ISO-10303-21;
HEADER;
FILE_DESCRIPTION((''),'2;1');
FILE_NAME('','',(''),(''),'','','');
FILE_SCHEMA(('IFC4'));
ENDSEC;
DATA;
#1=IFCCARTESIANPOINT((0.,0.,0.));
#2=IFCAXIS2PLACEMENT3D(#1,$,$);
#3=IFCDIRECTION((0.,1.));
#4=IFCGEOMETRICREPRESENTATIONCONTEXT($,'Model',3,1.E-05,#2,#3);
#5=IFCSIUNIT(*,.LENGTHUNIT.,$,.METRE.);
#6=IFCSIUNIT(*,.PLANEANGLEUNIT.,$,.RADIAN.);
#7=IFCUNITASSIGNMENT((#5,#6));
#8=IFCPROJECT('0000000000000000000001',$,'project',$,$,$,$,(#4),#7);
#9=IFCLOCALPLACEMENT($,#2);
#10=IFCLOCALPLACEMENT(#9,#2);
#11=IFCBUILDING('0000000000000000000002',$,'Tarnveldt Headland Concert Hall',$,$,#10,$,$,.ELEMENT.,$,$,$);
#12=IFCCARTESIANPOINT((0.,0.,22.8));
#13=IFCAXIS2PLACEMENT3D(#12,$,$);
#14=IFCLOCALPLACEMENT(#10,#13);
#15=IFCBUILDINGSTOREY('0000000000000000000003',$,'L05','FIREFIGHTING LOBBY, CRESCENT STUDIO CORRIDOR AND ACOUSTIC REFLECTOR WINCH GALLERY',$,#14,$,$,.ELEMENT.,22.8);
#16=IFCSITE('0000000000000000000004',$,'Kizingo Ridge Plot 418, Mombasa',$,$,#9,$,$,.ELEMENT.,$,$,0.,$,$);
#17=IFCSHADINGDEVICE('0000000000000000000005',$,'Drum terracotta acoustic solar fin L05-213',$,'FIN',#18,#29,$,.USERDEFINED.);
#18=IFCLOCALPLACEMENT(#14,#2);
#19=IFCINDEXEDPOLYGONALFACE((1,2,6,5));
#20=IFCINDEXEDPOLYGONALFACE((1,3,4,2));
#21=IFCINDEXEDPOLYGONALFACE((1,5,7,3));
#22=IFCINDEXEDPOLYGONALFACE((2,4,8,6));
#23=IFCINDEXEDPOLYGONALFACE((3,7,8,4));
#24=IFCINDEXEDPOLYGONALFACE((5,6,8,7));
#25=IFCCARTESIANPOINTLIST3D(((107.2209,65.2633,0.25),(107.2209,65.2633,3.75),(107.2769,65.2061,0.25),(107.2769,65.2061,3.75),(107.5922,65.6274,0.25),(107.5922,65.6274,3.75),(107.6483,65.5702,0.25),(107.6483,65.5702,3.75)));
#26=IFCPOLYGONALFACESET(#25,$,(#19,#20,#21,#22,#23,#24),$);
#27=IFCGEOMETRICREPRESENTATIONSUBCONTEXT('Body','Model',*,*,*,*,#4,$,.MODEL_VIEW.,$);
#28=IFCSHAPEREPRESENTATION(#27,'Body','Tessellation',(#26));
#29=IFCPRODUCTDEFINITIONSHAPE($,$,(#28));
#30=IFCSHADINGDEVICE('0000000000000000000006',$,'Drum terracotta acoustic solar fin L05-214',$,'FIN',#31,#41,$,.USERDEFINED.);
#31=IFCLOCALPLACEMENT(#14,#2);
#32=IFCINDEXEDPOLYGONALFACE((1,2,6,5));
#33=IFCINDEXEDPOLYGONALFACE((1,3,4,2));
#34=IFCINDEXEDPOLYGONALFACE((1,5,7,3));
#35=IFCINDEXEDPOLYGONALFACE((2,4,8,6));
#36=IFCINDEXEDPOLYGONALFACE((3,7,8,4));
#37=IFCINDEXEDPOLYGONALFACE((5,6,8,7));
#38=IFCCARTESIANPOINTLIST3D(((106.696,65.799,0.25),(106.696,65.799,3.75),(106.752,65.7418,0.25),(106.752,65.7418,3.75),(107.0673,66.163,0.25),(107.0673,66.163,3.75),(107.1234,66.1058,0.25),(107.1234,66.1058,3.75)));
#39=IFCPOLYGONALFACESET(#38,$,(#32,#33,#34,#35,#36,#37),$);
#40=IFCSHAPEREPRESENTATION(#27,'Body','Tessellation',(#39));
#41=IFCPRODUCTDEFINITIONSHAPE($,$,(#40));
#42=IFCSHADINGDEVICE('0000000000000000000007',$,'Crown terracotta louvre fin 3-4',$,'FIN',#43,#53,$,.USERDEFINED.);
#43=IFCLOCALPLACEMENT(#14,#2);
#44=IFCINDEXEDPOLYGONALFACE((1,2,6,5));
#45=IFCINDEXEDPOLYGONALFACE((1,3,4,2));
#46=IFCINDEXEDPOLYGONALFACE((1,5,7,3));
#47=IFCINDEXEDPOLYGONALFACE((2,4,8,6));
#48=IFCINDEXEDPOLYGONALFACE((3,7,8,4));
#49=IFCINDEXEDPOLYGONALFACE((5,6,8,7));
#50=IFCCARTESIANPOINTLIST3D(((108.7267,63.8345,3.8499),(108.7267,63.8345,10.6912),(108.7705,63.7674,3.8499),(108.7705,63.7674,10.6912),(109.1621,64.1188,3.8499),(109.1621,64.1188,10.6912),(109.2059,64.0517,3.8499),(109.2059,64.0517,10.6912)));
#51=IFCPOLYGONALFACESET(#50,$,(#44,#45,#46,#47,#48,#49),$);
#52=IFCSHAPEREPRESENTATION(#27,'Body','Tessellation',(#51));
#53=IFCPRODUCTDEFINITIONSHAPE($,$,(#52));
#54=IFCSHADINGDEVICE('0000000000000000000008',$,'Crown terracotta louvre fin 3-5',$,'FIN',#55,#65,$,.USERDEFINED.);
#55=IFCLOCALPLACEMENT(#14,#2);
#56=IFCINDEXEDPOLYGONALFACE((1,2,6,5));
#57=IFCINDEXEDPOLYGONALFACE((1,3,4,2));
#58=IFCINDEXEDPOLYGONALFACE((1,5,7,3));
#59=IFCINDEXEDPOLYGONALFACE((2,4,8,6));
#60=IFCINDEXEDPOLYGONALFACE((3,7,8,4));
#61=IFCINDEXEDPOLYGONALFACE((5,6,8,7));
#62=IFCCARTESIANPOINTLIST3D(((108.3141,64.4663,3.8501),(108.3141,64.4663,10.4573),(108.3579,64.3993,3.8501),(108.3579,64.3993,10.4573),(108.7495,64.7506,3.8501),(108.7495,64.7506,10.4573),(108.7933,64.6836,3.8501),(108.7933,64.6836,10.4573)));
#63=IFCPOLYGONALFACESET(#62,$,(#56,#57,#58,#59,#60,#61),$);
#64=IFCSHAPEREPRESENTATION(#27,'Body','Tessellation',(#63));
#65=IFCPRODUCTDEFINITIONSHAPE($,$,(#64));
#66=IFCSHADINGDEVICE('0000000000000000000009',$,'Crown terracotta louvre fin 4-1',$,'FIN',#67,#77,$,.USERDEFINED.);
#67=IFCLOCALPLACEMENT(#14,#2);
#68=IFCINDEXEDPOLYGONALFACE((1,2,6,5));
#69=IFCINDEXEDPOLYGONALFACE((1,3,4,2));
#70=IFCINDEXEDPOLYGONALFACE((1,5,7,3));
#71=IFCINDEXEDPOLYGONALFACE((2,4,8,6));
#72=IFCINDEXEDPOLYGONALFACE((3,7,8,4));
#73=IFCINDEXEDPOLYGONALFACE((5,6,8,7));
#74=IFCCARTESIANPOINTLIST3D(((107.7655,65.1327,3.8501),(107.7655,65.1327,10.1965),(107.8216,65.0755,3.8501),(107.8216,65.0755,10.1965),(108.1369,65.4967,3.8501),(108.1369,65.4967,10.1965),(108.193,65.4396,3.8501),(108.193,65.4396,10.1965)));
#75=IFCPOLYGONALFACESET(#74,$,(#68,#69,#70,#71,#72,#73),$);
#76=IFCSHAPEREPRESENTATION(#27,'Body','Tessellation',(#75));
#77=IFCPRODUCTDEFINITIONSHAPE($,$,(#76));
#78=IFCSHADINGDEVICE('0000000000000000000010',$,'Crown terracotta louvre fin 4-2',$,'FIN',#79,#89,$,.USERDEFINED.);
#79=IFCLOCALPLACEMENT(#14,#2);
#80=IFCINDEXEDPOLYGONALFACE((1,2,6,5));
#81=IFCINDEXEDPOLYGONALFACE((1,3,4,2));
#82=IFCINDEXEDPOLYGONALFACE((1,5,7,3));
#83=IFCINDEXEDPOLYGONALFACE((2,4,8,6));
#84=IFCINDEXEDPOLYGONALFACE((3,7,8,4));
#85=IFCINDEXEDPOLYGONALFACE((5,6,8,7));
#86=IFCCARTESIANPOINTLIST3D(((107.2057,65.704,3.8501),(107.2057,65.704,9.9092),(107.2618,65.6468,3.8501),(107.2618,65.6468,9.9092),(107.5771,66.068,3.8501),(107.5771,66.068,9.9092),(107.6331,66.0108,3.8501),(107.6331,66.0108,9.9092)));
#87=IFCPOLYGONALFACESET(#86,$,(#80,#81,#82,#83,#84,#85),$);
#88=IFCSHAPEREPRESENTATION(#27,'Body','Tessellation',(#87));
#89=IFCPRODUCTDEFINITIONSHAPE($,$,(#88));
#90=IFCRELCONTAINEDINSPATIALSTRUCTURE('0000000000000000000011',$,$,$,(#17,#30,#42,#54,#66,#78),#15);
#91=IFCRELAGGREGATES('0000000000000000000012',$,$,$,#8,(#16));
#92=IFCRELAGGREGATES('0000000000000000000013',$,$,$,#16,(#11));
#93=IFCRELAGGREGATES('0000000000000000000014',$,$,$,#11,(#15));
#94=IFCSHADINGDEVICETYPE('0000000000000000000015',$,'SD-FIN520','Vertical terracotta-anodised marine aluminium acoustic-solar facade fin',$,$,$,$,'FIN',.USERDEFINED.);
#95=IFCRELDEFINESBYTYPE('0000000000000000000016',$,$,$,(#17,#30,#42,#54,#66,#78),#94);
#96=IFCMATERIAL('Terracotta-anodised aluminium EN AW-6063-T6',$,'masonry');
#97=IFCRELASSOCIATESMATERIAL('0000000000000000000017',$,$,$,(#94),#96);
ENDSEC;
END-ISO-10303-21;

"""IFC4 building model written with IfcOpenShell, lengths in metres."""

from ifc_helpers import new_model, si_unit, direction, frame, origin, origin_2d, place, context, subcontext, project, spatial, rectangle, extrude, material, type_object, element, save


model = new_model("IFC4")

# Units and contexts
model_context = context("Model", 3, precision=1e-05, world=origin(), true_north=direction((0.0, 1.0)))
body_context = subcontext(model_context, "Body", "Model", "MODEL_VIEW")
ifc_project = project(units=[si_unit("LENGTHUNIT", "METRE"), si_unit("PLANEANGLEUNIT", "RADIAN")], contexts=[model_context])

# Site, building, storey
site_placement = place(None, origin())
site = spatial("IfcSite", under=ifc_project, at=site_placement, Name="Kizingo Ridge Plot 418, Mombasa", CompositionType="ELEMENT", RefElevation=0.0)
building_placement = place(site_placement, origin())
building = spatial("IfcBuilding", under=site, at=building_placement, Name="Tarnveldt Headland Concert Hall", CompositionType="ELEMENT")
storey_placement = place(building_placement, frame((0.0, 0.0, 22.8)))
storey = spatial("IfcBuildingStorey", under=building, at=storey_placement, Name="L05", Description="FIREFIGHTING LOBBY, CRESCENT STUDIO CORRIDOR AND ACOUSTIC REFLECTOR WINCH GALLERY", CompositionType="ELEMENT", Elevation=22.8)

# Shading devices
ifc_material_1 = material(Name="Terracotta-anodised aluminium EN AW-6063-T6", Category="masonry")
shading_device_type = type_object("IfcShadingDeviceType", Name="SD-FIN520", Description="Vertical terracotta-anodised marine aluminium acoustic-solar facade fin", ElementType="FIN", PredefinedType="USERDEFINED", material=ifc_material_1)
for number, where, z_axis, x_axis, name in (
    (1, (107.4346, 65.4167, 0.25), (0.0, 0.0, 1.0), (0.714106, 0.700037, 0.0), "Drum terracotta acoustic solar fin L05-213"),
    (2, (106.9097, 65.9524, 0.25), (0.0, 0.0, 1.0), (0.714106, 0.700037, 0.0), "Drum terracotta acoustic solar fin L05-214"),
):
    element("IfcShadingDevice", number, at=place(storey_placement, frame(where, z_axis=z_axis, x_axis=x_axis)), inside=storey, type_object=shading_device_type, Name=name, ObjectType="FIN", PredefinedType="USERDEFINED", context=body_context, shape_type="SweptSolid", body=[
        extrude(rectangle(XDim=0.52, YDim=0.0801, at=origin_2d()), origin(), (0.0, 0.0, 1.0), 3.5),
    ])
shading_device_1_placement = place(storey_placement, frame((108.9663, 63.9431, 3.8499), z_axis=(0.0, 0.0, 1.0), x_axis=(0.837337, 0.546687, 0.0)))
element("IfcShadingDevice", 3, at=shading_device_1_placement, inside=storey, type_object=shading_device_type, Name="Crown terracotta louvre fin 3-4", ObjectType="FIN", PredefinedType="USERDEFINED", context=body_context, shape_type="SweptSolid", body=[
    extrude(rectangle(XDim=0.52, YDim=0.0801, at=origin_2d()), origin(), (0.0, 0.0, 1.0), 6.8413),
])
shading_device_2_placement = place(storey_placement, frame((108.5537, 64.575, 3.8501), z_axis=(0.0, 0.0, 1.0), x_axis=(0.837337, 0.546687, 0.0)))
element("IfcShadingDevice", 4, at=shading_device_2_placement, inside=storey, type_object=shading_device_type, Name="Crown terracotta louvre fin 3-5", ObjectType="FIN", PredefinedType="USERDEFINED", context=body_context, shape_type="SweptSolid", body=[
    extrude(rectangle(XDim=0.52, YDim=0.0801, at=origin_2d()), origin(), (0.0, 0.0, 1.0), 6.6072),
])
shading_device_3_placement = place(storey_placement, frame((107.9792, 65.2861, 3.8501), z_axis=(0.0, 0.0, 1.0), x_axis=(0.714106, 0.700037, 0.0)))
element("IfcShadingDevice", 5, at=shading_device_3_placement, inside=storey, type_object=shading_device_type, Name="Crown terracotta louvre fin 4-1", ObjectType="FIN", PredefinedType="USERDEFINED", context=body_context, shape_type="SweptSolid", body=[
    extrude(rectangle(XDim=0.52, YDim=0.0801, at=origin_2d()), origin(), (0.0, 0.0, 1.0), 6.3464),
])
shading_device_4_placement = place(storey_placement, frame((107.4194, 65.8574, 3.8501), z_axis=(0.0, 0.0, 1.0), x_axis=(0.714106, 0.700037, 0.0)))
element("IfcShadingDevice", 6, at=shading_device_4_placement, inside=storey, type_object=shading_device_type, Name="Crown terracotta louvre fin 4-2", ObjectType="FIN", PredefinedType="USERDEFINED", context=body_context, shape_type="SweptSolid", body=[
    extrude(rectangle(XDim=0.52, YDim=0.0801, at=origin_2d()), origin(), (0.0, 0.0, 1.0), 6.0591),
])

save(model, "model.ifc")
